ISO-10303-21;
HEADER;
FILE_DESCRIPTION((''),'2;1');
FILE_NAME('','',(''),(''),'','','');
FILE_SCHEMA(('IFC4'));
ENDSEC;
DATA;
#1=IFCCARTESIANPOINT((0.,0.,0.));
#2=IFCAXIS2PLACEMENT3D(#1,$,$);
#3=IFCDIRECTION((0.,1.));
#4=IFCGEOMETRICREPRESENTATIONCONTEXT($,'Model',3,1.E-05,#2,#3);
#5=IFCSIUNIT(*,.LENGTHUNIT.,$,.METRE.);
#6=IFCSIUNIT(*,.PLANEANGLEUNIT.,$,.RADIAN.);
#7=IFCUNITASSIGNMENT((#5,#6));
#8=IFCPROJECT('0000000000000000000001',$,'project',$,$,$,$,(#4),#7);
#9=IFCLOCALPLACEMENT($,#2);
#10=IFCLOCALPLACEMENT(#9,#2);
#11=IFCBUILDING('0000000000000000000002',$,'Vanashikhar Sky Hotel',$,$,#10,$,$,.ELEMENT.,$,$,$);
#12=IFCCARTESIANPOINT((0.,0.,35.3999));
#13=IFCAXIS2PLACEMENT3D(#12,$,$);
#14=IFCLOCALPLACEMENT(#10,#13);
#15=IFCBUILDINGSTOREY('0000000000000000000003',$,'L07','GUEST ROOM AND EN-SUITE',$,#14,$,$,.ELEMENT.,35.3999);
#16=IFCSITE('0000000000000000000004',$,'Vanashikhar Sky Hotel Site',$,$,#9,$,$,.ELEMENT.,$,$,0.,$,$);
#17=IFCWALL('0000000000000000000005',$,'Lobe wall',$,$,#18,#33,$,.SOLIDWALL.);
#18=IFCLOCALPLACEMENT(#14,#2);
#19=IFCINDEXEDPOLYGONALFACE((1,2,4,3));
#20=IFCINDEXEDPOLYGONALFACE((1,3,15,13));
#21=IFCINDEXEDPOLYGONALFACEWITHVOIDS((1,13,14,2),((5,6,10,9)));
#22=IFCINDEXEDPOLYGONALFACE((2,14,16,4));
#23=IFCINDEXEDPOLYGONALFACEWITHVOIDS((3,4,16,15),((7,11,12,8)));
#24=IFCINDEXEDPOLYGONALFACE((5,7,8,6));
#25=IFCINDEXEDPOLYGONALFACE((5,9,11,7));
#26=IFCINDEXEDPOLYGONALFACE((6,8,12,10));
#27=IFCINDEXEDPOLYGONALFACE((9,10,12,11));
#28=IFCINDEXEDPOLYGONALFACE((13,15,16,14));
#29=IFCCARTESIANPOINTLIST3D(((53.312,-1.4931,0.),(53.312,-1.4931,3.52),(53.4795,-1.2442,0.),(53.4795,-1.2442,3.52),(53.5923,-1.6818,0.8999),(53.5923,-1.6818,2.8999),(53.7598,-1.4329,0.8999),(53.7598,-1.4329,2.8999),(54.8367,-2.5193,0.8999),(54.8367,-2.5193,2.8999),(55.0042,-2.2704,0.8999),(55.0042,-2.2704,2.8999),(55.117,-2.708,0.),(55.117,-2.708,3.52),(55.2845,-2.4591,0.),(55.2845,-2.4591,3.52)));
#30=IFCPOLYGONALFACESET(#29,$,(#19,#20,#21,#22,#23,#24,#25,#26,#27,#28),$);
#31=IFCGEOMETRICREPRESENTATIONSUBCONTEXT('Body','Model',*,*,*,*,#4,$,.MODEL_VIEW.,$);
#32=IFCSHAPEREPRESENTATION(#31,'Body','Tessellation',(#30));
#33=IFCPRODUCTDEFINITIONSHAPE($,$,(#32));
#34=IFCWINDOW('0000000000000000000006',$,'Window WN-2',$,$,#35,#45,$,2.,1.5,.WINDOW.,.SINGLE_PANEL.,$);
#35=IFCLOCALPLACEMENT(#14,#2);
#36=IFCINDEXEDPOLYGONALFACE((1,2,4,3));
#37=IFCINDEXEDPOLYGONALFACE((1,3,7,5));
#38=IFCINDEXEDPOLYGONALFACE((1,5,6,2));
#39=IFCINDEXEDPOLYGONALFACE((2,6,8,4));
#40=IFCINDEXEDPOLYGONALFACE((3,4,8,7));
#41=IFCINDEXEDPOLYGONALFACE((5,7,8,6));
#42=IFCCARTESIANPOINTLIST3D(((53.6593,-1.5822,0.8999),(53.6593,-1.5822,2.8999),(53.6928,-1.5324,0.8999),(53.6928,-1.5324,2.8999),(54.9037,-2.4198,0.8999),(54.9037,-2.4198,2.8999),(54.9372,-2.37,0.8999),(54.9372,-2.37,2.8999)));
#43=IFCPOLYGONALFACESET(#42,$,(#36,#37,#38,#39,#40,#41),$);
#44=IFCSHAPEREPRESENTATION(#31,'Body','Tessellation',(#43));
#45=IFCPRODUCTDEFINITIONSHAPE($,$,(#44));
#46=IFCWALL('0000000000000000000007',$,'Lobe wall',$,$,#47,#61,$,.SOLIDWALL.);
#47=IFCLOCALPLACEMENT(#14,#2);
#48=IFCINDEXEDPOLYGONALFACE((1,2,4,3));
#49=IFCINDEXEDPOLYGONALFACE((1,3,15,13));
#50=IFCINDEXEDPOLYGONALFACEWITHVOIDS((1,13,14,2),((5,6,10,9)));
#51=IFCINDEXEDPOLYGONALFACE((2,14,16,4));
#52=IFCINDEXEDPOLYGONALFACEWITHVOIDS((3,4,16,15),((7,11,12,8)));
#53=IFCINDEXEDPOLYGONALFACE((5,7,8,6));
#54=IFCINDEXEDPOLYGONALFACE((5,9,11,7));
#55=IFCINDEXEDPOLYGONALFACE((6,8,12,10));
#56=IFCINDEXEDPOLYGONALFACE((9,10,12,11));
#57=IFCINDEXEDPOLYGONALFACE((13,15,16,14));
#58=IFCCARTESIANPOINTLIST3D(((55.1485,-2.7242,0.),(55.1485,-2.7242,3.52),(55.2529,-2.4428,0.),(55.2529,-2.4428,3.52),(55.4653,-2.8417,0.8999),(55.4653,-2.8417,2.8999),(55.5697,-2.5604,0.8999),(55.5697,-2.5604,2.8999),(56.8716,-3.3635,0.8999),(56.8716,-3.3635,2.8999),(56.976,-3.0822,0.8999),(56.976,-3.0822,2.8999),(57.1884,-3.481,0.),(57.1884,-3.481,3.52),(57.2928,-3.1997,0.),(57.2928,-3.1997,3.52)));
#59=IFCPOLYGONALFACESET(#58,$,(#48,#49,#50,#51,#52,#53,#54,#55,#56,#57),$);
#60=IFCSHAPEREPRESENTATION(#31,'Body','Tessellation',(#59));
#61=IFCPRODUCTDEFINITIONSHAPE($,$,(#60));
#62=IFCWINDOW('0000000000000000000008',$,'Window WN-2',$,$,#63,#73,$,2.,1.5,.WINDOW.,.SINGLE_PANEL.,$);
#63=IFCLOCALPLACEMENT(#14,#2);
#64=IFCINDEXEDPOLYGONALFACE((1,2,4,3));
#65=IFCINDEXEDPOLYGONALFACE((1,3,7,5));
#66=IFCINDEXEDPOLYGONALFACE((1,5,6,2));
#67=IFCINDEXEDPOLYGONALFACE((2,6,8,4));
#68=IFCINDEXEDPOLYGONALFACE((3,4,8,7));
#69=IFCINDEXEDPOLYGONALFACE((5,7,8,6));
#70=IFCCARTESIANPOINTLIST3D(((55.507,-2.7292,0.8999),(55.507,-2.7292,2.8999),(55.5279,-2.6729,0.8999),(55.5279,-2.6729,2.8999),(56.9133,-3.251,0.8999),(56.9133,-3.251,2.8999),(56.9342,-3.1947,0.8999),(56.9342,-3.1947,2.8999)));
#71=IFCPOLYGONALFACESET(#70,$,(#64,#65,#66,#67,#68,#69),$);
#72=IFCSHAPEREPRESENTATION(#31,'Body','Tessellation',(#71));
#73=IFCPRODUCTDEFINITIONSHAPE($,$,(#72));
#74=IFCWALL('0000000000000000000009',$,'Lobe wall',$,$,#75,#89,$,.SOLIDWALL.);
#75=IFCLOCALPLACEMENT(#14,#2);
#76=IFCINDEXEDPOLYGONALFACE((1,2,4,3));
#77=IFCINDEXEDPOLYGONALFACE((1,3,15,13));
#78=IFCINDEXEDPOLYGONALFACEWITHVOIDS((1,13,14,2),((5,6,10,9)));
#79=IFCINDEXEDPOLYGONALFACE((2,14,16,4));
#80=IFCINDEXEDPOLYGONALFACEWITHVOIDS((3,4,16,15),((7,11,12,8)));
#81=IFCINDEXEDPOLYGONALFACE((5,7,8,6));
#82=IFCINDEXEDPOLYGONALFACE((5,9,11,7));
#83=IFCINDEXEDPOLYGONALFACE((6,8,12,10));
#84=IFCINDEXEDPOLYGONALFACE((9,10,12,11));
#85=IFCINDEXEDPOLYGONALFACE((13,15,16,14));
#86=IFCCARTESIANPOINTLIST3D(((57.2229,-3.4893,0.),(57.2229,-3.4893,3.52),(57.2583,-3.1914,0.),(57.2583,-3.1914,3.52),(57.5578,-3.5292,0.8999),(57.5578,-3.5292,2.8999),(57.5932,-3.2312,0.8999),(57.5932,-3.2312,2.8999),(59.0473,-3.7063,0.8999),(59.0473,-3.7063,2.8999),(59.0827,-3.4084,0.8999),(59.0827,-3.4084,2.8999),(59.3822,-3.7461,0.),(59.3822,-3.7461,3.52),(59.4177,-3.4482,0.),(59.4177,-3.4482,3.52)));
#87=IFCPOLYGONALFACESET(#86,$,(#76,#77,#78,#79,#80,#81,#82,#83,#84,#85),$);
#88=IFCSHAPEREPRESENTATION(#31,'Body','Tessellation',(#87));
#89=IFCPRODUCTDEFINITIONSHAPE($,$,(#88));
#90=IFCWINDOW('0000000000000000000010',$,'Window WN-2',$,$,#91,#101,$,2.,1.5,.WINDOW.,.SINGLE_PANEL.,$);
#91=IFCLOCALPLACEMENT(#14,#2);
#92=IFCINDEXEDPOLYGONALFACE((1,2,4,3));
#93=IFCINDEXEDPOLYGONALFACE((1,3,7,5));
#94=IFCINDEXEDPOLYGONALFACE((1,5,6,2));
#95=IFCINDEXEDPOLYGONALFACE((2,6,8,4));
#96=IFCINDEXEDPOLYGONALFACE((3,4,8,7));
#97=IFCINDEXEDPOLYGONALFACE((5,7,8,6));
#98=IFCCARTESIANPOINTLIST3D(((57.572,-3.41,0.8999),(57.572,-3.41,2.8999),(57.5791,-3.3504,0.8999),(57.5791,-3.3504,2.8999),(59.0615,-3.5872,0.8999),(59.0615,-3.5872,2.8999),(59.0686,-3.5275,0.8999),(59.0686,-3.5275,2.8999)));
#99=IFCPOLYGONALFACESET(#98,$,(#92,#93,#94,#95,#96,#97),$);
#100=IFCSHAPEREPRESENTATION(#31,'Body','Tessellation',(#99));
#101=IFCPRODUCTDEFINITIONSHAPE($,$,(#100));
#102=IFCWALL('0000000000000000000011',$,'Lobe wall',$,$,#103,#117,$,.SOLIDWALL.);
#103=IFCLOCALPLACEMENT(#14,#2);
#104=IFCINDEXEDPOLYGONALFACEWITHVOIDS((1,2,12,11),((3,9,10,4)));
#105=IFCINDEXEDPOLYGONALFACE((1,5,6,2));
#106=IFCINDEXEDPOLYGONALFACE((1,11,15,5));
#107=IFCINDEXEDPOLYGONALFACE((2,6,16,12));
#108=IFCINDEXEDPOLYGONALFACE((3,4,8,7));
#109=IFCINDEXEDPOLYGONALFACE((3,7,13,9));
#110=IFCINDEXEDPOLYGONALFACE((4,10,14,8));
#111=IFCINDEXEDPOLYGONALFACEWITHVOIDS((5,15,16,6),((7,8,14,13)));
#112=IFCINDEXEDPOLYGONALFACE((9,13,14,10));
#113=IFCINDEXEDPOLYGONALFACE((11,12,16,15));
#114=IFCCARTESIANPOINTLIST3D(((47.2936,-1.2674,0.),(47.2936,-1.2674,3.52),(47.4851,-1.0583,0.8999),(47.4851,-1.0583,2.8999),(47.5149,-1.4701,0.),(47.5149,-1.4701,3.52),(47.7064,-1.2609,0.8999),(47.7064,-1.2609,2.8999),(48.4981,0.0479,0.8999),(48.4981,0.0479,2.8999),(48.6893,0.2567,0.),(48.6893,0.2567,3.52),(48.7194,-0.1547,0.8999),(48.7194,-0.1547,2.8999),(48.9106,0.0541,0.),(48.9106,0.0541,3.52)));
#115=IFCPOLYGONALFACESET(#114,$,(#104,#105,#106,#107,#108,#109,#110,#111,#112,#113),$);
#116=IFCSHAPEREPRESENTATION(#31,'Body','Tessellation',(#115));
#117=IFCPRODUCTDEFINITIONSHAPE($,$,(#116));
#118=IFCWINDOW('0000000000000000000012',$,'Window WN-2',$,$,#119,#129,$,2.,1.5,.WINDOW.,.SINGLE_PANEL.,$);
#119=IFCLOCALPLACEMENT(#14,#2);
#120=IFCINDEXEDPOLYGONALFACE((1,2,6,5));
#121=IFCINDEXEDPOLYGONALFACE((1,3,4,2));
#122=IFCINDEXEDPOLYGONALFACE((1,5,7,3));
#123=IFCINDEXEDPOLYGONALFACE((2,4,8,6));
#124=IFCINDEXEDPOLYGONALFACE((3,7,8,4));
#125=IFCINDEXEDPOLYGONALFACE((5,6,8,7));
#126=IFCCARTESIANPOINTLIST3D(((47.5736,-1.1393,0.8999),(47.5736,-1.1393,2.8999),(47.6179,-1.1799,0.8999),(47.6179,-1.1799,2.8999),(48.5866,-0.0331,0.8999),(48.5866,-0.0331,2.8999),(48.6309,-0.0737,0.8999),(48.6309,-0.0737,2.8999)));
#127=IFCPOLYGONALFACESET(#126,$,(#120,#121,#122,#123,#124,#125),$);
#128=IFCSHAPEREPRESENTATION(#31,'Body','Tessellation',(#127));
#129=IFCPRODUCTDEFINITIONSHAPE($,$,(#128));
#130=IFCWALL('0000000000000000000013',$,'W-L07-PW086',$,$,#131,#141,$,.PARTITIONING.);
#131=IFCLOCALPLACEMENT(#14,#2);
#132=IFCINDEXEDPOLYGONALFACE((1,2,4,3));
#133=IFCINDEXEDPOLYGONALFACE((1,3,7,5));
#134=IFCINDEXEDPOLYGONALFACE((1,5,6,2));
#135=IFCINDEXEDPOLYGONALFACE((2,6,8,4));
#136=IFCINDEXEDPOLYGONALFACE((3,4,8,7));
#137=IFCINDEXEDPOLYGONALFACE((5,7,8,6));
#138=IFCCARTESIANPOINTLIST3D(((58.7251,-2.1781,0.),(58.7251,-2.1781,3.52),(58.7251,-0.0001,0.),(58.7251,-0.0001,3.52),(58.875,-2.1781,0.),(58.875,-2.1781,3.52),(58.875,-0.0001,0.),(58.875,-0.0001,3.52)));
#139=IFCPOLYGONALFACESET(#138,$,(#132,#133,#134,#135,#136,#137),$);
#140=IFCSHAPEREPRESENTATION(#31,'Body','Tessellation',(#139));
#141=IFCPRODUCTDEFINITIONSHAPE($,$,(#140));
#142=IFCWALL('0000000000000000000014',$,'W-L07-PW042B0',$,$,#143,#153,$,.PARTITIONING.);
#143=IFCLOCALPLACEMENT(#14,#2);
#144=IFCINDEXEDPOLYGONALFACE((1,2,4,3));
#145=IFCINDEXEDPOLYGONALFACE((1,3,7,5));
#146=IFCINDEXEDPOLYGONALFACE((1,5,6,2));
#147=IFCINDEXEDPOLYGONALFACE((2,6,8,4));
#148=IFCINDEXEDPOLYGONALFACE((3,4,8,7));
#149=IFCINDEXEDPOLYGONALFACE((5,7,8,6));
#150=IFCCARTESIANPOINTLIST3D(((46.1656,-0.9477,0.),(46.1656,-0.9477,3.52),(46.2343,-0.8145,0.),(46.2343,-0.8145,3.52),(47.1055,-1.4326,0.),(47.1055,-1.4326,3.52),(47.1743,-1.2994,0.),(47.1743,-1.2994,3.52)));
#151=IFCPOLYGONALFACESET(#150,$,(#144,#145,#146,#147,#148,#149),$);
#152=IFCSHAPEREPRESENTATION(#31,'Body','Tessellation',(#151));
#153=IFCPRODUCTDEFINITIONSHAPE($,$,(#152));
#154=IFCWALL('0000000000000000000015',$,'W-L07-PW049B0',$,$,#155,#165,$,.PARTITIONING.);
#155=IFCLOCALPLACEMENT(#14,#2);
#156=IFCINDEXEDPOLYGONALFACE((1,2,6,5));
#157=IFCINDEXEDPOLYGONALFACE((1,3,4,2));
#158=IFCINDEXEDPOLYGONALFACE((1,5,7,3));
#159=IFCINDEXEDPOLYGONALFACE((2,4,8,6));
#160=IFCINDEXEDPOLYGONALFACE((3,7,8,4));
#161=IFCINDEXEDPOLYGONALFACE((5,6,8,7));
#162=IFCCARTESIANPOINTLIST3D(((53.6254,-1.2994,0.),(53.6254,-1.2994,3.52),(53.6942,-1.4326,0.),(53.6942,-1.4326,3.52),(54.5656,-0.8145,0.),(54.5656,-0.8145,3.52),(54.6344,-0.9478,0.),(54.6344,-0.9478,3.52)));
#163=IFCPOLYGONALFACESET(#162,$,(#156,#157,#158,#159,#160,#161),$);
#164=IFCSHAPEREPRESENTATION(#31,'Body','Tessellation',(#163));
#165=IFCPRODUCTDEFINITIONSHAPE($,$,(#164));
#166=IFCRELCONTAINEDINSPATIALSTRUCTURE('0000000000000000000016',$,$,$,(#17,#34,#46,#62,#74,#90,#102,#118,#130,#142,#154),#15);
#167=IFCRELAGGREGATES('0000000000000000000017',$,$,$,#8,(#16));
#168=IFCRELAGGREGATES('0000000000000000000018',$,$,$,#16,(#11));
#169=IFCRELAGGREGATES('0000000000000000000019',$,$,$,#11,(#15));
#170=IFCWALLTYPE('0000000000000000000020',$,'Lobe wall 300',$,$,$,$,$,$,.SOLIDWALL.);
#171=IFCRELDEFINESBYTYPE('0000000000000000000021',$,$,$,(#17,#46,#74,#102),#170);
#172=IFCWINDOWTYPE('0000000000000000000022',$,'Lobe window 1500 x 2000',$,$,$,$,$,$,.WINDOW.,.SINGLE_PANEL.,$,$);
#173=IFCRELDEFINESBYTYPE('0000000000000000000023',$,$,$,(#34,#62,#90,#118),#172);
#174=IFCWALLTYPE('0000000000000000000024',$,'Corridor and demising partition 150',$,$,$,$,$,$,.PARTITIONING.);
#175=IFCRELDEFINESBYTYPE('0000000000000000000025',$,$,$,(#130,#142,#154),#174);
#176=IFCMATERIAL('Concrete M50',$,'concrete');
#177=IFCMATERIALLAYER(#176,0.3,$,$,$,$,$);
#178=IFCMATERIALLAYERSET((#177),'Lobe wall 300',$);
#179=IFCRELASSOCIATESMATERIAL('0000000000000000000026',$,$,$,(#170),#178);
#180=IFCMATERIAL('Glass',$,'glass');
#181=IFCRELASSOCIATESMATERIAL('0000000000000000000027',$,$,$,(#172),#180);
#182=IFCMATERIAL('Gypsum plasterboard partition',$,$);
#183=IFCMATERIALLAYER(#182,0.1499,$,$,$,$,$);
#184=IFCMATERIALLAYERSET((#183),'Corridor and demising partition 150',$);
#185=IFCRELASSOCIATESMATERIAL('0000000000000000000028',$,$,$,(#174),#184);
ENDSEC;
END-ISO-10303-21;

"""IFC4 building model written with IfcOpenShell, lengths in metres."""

from ifc_helpers import new_model, si_unit, direction, frame, frame_2d, origin, place, context, subcontext, project, spatial, rectangle, extrude, source, transform, mapped, material, layer, layer_set, type_object, element, fill, save


model = new_model("IFC4")

# Units and contexts
model_context = context("Model", 3, precision=1e-05, world=origin(), true_north=direction((0.0, 1.0)))
body_context = subcontext(model_context, "Body", "Model", "MODEL_VIEW")
ifc_project = project(units=[si_unit("LENGTHUNIT", "METRE"), si_unit("PLANEANGLEUNIT", "RADIAN")], contexts=[model_context])

# Site, building, storey
site_placement = place(None, origin())
site = spatial("IfcSite", under=ifc_project, at=site_placement, Name="Vanashikhar Sky Hotel Site", CompositionType="ELEMENT", RefElevation=0.0)
building_placement = place(site_placement, origin())
building = spatial("IfcBuilding", under=site, at=building_placement, Name="Vanashikhar Sky Hotel", CompositionType="ELEMENT")
storey_placement = place(building_placement, frame((0.0, 0.0, 35.3999)))
storey = spatial("IfcBuildingStorey", under=building, at=storey_placement, Name="L07", Description="GUEST ROOM AND EN-SUITE", CompositionType="ELEMENT", Elevation=35.3999)

# Walls, openings, windows
ifc_material_1 = material(Name="Concrete M50", Category="concrete")
ifc_layer_1 = layer(ifc_material_1, 0.3)
ifc_layer_set_1 = layer_set([ifc_layer_1], Name="Lobe wall 300")
wall_type_1 = type_object("IfcWallType", Name="Lobe wall 300", PredefinedType="SOLIDWALL", material=ifc_layer_set_1)
shared_shape_1 = source(origin(), body_context, "Body", "SweptSolid", [
    extrude(rectangle(XDim=2.1758, YDim=0.3, at=frame_2d((1.0879, 0.0))), origin(), (0.0, 0.0, 1.0), 3.52),
])
wall_1_placement = place(storey_placement, frame((53.3958, -1.3687, 0.0), z_axis=(0.0, 0.0, 1.0), x_axis=(0.829591, -0.558372, 0.0)))
wall_1 = element("IfcWall", 1, at=wall_1_placement, inside=storey, type_object=wall_type_1, Name="Lobe wall", PredefinedType="SOLIDWALL", context=body_context, shape_type="MappedRepresentation", body=[
    mapped(shared_shape_1, transform((0.0, 0.0, 0.0), scale=1.0)),
])
shared_shape_2 = source(origin(), body_context, "Body", "SweptSolid", [
    extrude(rectangle(XDim=1.5, YDim=2.0, at=frame_2d((0.75, 1.0))), frame((0.0, 0.1602, 0.0), z_axis=(0.0, -1.0, 0.0), x_axis=(1.0, 0.0, 0.0)), (0.0, 0.0, 1.0), 0.3201),
])
opening_1_placement = place(wall_1_placement, frame((0.3379, 0.0, 0.8999)))
opening_1 = element("IfcOpeningElement", 2, at=opening_1_placement, cuts=wall_1, PredefinedType="OPENING", context=body_context, shape_type="MappedRepresentation", body=[
    mapped(shared_shape_2, transform((0.0, 0.0, 0.0), scale=1.0)),
])
ifc_material_2 = material(Name="Glass", Category="glass")
window_type = type_object("IfcWindowType", Name="Lobe window 1500 x 2000", PartitioningType="SINGLE_PANEL", PredefinedType="WINDOW", material=ifc_material_2)
shared_shape_3 = source(origin(), body_context, "Body", "SweptSolid", [
    extrude(rectangle(XDim=1.5, YDim=2.0, at=frame_2d((0.75, 1.0))), frame((0.0, 0.03, 0.0), z_axis=(0.0, -1.0, 0.0), x_axis=(1.0, 0.0, 0.0)), (0.0, 0.0, 1.0), 0.0601),
])
window_1_placement = place(opening_1_placement, origin())
window_1 = element("IfcWindow", 3, at=window_1_placement, inside=storey, type_object=window_type, Name="Window WN-2", OverallHeight=2.0, OverallWidth=1.5, PartitioningType="SINGLE_PANEL", PredefinedType="WINDOW", context=body_context, shape_type="MappedRepresentation", body=[
    mapped(shared_shape_3, transform((0.0, 0.0, 0.0), scale=1.0)),
])
fill(opening_1, window_1)
wall_2_placement = place(storey_placement, frame((55.2007, -2.5835, 0.0), z_axis=(0.0, 0.0, 1.0), x_axis=(0.937546, -0.347863, 0.0)))
wall_2 = element("IfcWall", 4, at=wall_2_placement, inside=storey, type_object=wall_type_1, Name="Lobe wall", PredefinedType="SOLIDWALL", context=body_context, shape_type="MappedRepresentation", body=[
    mapped(shared_shape_1, transform((0.0, 0.0, 0.0), scale=1.0)),
])
opening_2_placement = place(wall_2_placement, frame((0.3379, 0.0, 0.8999)))
opening_2 = element("IfcOpeningElement", 5, at=opening_2_placement, cuts=wall_2, PredefinedType="OPENING", context=body_context, shape_type="MappedRepresentation", body=[
    mapped(shared_shape_2, transform((0.0, 0.0, 0.0), scale=1.0)),
])
window_2_placement = place(opening_2_placement, origin())
window_2 = element("IfcWindow", 6, at=window_2_placement, inside=storey, type_object=window_type, Name="Window WN-2", OverallHeight=2.0, OverallWidth=1.5, PartitioningType="SINGLE_PANEL", PredefinedType="WINDOW", context=body_context, shape_type="MappedRepresentation", body=[
    mapped(shared_shape_3, transform((0.0, 0.0, 0.0), scale=1.0)),
])
fill(opening_2, window_2)
shared_shape_4 = source(origin(), body_context, "Body", "SweptSolid", [
    extrude(rectangle(XDim=2.1746, YDim=0.3, at=frame_2d((1.0874, 0.0))), origin(), (0.0, 0.0, 1.0), 3.52),
])
wall_3_placement = place(storey_placement, frame((57.2405, -3.3403, 0.0), z_axis=(0.0, 0.0, 1.0), x_axis=(0.993001, -0.118105, 0.0)))
wall_3 = element("IfcWall", 7, at=wall_3_placement, inside=storey, type_object=wall_type_1, Name="Lobe wall", PredefinedType="SOLIDWALL", context=body_context, shape_type="MappedRepresentation", body=[
    mapped(shared_shape_4, transform((0.0, 0.0, 0.0), scale=1.0)),
])
opening_3_placement = place(wall_3_placement, frame((0.3374, 0.0, 0.8999)))
opening_3 = element("IfcOpeningElement", 8, at=opening_3_placement, cuts=wall_3, PredefinedType="OPENING", context=body_context, shape_type="MappedRepresentation", body=[
    mapped(shared_shape_2, transform((0.0, 0.0, 0.0), scale=1.0)),
])
window_3_placement = place(opening_3_placement, origin())
window_3 = element("IfcWindow", 9, at=window_3_placement, inside=storey, type_object=window_type, Name="Window WN-2", OverallHeight=2.0, OverallWidth=1.5, PartitioningType="SINGLE_PANEL", PredefinedType="WINDOW", context=body_context, shape_type="MappedRepresentation", body=[
    mapped(shared_shape_3, transform((0.0, 0.0, 0.0), scale=1.0)),
])
fill(opening_3, window_3)
shared_shape_5 = source(origin(), body_context, "Body", "SweptSolid", [
    extrude(rectangle(XDim=2.0667, YDim=0.3, at=frame_2d((1.0332, 0.0))), origin(), (0.0, 0.0, 1.0), 3.52),
])
wall_4_placement = place(storey_placement, frame((47.4043, -1.3687, 0.0), z_axis=(0.0, 0.0, 1.0), x_axis=(0.675355, 0.737492, 0.0)))
wall_4 = element("IfcWall", 10, at=wall_4_placement, inside=storey, type_object=wall_type_1, Name="Lobe wall", PredefinedType="SOLIDWALL", context=body_context, shape_type="MappedRepresentation", body=[
    mapped(shared_shape_5, transform((0.0, 0.0, 0.0), scale=1.0)),
])
opening_4_placement = place(wall_4_placement, frame((0.2834, 0.0, 0.8999)))
opening_4 = element("IfcOpeningElement", 11, at=opening_4_placement, cuts=wall_4, PredefinedType="OPENING", context=body_context, shape_type="MappedRepresentation", body=[
    mapped(shared_shape_2, transform((0.0, 0.0, 0.0), scale=1.0)),
])
window_4_placement = place(opening_4_placement, origin())
window_4 = element("IfcWindow", 12, at=window_4_placement, inside=storey, type_object=window_type, Name="Window WN-2", OverallHeight=2.0, OverallWidth=1.5, PartitioningType="SINGLE_PANEL", PredefinedType="WINDOW", context=body_context, shape_type="MappedRepresentation", body=[
    mapped(shared_shape_3, transform((0.0, 0.0, 0.0), scale=1.0)),
])
fill(opening_4, window_4)

# Walls
ifc_material_3 = material(Name="Gypsum plasterboard partition")
ifc_layer_2 = layer(ifc_material_3, 0.1499)
ifc_layer_set_2 = layer_set([ifc_layer_2], Name="Corridor and demising partition 150")
wall_type_2 = type_object("IfcWallType", Name="Corridor and demising partition 150", PredefinedType="PARTITIONING", material=ifc_layer_set_2)
shared_shape_6 = source(origin(), body_context, "Body", "SweptSolid", [
    extrude(rectangle(XDim=2.178, YDim=0.1499, at=frame_2d((1.0889, 0.0))), origin(), (0.0, 0.0, 1.0), 3.52),
])
wall_5_placement = place(storey_placement, frame((58.8, -2.178, 0.0), z_axis=(0.0, 0.0, 1.0), x_axis=(0.0, 1.0, 0.0)))
element("IfcWall", 13, at=wall_5_placement, inside=storey, type_object=wall_type_2, Name="W-L07-PW086", PredefinedType="PARTITIONING", context=body_context, shape_type="MappedRepresentation", body=[
    mapped(shared_shape_6, transform((0.0, 0.0, 0.0), scale=1.0)),
])
shared_shape_7 = source(origin(), body_context, "Body", "SweptSolid", [
    extrude(rectangle(XDim=1.0576, YDim=0.1499, at=frame_2d((0.5288, 0.0))), origin(), (0.0, 0.0, 1.0), 3.52),
])
wall_6_placement = place(storey_placement, frame((47.1399, -1.366, 0.0), z_axis=(0.0, 0.0, 1.0), x_axis=(-0.888724, 0.458443, 0.0)))
element("IfcWall", 14, at=wall_6_placement, inside=storey, type_object=wall_type_2, Name="W-L07-PW042B0", PredefinedType="PARTITIONING", context=body_context, shape_type="MappedRepresentation", body=[
    mapped(shared_shape_7, transform((0.0, 0.0, 0.0), scale=1.0)),
])
shared_shape_8 = source(origin(), body_context, "Body", "SweptSolid", [
    extrude(rectangle(XDim=1.0579, YDim=0.1499, at=frame_2d((0.5288, 0.0))), origin(), (0.0, 0.0, 1.0), 3.52),
])
wall_7_placement = place(storey_placement, frame((53.6599, -1.366, 0.0), z_axis=(0.0, 0.0, 1.0), x_axis=(0.888772, 0.458349, 0.0)))
element("IfcWall", 15, at=wall_7_placement, inside=storey, type_object=wall_type_2, Name="W-L07-PW049B0", PredefinedType="PARTITIONING", context=body_context, shape_type="MappedRepresentation", body=[
    mapped(shared_shape_8, transform((0.0, 0.0, 0.0), scale=1.0)),
])

save(model, "model.ifc")
